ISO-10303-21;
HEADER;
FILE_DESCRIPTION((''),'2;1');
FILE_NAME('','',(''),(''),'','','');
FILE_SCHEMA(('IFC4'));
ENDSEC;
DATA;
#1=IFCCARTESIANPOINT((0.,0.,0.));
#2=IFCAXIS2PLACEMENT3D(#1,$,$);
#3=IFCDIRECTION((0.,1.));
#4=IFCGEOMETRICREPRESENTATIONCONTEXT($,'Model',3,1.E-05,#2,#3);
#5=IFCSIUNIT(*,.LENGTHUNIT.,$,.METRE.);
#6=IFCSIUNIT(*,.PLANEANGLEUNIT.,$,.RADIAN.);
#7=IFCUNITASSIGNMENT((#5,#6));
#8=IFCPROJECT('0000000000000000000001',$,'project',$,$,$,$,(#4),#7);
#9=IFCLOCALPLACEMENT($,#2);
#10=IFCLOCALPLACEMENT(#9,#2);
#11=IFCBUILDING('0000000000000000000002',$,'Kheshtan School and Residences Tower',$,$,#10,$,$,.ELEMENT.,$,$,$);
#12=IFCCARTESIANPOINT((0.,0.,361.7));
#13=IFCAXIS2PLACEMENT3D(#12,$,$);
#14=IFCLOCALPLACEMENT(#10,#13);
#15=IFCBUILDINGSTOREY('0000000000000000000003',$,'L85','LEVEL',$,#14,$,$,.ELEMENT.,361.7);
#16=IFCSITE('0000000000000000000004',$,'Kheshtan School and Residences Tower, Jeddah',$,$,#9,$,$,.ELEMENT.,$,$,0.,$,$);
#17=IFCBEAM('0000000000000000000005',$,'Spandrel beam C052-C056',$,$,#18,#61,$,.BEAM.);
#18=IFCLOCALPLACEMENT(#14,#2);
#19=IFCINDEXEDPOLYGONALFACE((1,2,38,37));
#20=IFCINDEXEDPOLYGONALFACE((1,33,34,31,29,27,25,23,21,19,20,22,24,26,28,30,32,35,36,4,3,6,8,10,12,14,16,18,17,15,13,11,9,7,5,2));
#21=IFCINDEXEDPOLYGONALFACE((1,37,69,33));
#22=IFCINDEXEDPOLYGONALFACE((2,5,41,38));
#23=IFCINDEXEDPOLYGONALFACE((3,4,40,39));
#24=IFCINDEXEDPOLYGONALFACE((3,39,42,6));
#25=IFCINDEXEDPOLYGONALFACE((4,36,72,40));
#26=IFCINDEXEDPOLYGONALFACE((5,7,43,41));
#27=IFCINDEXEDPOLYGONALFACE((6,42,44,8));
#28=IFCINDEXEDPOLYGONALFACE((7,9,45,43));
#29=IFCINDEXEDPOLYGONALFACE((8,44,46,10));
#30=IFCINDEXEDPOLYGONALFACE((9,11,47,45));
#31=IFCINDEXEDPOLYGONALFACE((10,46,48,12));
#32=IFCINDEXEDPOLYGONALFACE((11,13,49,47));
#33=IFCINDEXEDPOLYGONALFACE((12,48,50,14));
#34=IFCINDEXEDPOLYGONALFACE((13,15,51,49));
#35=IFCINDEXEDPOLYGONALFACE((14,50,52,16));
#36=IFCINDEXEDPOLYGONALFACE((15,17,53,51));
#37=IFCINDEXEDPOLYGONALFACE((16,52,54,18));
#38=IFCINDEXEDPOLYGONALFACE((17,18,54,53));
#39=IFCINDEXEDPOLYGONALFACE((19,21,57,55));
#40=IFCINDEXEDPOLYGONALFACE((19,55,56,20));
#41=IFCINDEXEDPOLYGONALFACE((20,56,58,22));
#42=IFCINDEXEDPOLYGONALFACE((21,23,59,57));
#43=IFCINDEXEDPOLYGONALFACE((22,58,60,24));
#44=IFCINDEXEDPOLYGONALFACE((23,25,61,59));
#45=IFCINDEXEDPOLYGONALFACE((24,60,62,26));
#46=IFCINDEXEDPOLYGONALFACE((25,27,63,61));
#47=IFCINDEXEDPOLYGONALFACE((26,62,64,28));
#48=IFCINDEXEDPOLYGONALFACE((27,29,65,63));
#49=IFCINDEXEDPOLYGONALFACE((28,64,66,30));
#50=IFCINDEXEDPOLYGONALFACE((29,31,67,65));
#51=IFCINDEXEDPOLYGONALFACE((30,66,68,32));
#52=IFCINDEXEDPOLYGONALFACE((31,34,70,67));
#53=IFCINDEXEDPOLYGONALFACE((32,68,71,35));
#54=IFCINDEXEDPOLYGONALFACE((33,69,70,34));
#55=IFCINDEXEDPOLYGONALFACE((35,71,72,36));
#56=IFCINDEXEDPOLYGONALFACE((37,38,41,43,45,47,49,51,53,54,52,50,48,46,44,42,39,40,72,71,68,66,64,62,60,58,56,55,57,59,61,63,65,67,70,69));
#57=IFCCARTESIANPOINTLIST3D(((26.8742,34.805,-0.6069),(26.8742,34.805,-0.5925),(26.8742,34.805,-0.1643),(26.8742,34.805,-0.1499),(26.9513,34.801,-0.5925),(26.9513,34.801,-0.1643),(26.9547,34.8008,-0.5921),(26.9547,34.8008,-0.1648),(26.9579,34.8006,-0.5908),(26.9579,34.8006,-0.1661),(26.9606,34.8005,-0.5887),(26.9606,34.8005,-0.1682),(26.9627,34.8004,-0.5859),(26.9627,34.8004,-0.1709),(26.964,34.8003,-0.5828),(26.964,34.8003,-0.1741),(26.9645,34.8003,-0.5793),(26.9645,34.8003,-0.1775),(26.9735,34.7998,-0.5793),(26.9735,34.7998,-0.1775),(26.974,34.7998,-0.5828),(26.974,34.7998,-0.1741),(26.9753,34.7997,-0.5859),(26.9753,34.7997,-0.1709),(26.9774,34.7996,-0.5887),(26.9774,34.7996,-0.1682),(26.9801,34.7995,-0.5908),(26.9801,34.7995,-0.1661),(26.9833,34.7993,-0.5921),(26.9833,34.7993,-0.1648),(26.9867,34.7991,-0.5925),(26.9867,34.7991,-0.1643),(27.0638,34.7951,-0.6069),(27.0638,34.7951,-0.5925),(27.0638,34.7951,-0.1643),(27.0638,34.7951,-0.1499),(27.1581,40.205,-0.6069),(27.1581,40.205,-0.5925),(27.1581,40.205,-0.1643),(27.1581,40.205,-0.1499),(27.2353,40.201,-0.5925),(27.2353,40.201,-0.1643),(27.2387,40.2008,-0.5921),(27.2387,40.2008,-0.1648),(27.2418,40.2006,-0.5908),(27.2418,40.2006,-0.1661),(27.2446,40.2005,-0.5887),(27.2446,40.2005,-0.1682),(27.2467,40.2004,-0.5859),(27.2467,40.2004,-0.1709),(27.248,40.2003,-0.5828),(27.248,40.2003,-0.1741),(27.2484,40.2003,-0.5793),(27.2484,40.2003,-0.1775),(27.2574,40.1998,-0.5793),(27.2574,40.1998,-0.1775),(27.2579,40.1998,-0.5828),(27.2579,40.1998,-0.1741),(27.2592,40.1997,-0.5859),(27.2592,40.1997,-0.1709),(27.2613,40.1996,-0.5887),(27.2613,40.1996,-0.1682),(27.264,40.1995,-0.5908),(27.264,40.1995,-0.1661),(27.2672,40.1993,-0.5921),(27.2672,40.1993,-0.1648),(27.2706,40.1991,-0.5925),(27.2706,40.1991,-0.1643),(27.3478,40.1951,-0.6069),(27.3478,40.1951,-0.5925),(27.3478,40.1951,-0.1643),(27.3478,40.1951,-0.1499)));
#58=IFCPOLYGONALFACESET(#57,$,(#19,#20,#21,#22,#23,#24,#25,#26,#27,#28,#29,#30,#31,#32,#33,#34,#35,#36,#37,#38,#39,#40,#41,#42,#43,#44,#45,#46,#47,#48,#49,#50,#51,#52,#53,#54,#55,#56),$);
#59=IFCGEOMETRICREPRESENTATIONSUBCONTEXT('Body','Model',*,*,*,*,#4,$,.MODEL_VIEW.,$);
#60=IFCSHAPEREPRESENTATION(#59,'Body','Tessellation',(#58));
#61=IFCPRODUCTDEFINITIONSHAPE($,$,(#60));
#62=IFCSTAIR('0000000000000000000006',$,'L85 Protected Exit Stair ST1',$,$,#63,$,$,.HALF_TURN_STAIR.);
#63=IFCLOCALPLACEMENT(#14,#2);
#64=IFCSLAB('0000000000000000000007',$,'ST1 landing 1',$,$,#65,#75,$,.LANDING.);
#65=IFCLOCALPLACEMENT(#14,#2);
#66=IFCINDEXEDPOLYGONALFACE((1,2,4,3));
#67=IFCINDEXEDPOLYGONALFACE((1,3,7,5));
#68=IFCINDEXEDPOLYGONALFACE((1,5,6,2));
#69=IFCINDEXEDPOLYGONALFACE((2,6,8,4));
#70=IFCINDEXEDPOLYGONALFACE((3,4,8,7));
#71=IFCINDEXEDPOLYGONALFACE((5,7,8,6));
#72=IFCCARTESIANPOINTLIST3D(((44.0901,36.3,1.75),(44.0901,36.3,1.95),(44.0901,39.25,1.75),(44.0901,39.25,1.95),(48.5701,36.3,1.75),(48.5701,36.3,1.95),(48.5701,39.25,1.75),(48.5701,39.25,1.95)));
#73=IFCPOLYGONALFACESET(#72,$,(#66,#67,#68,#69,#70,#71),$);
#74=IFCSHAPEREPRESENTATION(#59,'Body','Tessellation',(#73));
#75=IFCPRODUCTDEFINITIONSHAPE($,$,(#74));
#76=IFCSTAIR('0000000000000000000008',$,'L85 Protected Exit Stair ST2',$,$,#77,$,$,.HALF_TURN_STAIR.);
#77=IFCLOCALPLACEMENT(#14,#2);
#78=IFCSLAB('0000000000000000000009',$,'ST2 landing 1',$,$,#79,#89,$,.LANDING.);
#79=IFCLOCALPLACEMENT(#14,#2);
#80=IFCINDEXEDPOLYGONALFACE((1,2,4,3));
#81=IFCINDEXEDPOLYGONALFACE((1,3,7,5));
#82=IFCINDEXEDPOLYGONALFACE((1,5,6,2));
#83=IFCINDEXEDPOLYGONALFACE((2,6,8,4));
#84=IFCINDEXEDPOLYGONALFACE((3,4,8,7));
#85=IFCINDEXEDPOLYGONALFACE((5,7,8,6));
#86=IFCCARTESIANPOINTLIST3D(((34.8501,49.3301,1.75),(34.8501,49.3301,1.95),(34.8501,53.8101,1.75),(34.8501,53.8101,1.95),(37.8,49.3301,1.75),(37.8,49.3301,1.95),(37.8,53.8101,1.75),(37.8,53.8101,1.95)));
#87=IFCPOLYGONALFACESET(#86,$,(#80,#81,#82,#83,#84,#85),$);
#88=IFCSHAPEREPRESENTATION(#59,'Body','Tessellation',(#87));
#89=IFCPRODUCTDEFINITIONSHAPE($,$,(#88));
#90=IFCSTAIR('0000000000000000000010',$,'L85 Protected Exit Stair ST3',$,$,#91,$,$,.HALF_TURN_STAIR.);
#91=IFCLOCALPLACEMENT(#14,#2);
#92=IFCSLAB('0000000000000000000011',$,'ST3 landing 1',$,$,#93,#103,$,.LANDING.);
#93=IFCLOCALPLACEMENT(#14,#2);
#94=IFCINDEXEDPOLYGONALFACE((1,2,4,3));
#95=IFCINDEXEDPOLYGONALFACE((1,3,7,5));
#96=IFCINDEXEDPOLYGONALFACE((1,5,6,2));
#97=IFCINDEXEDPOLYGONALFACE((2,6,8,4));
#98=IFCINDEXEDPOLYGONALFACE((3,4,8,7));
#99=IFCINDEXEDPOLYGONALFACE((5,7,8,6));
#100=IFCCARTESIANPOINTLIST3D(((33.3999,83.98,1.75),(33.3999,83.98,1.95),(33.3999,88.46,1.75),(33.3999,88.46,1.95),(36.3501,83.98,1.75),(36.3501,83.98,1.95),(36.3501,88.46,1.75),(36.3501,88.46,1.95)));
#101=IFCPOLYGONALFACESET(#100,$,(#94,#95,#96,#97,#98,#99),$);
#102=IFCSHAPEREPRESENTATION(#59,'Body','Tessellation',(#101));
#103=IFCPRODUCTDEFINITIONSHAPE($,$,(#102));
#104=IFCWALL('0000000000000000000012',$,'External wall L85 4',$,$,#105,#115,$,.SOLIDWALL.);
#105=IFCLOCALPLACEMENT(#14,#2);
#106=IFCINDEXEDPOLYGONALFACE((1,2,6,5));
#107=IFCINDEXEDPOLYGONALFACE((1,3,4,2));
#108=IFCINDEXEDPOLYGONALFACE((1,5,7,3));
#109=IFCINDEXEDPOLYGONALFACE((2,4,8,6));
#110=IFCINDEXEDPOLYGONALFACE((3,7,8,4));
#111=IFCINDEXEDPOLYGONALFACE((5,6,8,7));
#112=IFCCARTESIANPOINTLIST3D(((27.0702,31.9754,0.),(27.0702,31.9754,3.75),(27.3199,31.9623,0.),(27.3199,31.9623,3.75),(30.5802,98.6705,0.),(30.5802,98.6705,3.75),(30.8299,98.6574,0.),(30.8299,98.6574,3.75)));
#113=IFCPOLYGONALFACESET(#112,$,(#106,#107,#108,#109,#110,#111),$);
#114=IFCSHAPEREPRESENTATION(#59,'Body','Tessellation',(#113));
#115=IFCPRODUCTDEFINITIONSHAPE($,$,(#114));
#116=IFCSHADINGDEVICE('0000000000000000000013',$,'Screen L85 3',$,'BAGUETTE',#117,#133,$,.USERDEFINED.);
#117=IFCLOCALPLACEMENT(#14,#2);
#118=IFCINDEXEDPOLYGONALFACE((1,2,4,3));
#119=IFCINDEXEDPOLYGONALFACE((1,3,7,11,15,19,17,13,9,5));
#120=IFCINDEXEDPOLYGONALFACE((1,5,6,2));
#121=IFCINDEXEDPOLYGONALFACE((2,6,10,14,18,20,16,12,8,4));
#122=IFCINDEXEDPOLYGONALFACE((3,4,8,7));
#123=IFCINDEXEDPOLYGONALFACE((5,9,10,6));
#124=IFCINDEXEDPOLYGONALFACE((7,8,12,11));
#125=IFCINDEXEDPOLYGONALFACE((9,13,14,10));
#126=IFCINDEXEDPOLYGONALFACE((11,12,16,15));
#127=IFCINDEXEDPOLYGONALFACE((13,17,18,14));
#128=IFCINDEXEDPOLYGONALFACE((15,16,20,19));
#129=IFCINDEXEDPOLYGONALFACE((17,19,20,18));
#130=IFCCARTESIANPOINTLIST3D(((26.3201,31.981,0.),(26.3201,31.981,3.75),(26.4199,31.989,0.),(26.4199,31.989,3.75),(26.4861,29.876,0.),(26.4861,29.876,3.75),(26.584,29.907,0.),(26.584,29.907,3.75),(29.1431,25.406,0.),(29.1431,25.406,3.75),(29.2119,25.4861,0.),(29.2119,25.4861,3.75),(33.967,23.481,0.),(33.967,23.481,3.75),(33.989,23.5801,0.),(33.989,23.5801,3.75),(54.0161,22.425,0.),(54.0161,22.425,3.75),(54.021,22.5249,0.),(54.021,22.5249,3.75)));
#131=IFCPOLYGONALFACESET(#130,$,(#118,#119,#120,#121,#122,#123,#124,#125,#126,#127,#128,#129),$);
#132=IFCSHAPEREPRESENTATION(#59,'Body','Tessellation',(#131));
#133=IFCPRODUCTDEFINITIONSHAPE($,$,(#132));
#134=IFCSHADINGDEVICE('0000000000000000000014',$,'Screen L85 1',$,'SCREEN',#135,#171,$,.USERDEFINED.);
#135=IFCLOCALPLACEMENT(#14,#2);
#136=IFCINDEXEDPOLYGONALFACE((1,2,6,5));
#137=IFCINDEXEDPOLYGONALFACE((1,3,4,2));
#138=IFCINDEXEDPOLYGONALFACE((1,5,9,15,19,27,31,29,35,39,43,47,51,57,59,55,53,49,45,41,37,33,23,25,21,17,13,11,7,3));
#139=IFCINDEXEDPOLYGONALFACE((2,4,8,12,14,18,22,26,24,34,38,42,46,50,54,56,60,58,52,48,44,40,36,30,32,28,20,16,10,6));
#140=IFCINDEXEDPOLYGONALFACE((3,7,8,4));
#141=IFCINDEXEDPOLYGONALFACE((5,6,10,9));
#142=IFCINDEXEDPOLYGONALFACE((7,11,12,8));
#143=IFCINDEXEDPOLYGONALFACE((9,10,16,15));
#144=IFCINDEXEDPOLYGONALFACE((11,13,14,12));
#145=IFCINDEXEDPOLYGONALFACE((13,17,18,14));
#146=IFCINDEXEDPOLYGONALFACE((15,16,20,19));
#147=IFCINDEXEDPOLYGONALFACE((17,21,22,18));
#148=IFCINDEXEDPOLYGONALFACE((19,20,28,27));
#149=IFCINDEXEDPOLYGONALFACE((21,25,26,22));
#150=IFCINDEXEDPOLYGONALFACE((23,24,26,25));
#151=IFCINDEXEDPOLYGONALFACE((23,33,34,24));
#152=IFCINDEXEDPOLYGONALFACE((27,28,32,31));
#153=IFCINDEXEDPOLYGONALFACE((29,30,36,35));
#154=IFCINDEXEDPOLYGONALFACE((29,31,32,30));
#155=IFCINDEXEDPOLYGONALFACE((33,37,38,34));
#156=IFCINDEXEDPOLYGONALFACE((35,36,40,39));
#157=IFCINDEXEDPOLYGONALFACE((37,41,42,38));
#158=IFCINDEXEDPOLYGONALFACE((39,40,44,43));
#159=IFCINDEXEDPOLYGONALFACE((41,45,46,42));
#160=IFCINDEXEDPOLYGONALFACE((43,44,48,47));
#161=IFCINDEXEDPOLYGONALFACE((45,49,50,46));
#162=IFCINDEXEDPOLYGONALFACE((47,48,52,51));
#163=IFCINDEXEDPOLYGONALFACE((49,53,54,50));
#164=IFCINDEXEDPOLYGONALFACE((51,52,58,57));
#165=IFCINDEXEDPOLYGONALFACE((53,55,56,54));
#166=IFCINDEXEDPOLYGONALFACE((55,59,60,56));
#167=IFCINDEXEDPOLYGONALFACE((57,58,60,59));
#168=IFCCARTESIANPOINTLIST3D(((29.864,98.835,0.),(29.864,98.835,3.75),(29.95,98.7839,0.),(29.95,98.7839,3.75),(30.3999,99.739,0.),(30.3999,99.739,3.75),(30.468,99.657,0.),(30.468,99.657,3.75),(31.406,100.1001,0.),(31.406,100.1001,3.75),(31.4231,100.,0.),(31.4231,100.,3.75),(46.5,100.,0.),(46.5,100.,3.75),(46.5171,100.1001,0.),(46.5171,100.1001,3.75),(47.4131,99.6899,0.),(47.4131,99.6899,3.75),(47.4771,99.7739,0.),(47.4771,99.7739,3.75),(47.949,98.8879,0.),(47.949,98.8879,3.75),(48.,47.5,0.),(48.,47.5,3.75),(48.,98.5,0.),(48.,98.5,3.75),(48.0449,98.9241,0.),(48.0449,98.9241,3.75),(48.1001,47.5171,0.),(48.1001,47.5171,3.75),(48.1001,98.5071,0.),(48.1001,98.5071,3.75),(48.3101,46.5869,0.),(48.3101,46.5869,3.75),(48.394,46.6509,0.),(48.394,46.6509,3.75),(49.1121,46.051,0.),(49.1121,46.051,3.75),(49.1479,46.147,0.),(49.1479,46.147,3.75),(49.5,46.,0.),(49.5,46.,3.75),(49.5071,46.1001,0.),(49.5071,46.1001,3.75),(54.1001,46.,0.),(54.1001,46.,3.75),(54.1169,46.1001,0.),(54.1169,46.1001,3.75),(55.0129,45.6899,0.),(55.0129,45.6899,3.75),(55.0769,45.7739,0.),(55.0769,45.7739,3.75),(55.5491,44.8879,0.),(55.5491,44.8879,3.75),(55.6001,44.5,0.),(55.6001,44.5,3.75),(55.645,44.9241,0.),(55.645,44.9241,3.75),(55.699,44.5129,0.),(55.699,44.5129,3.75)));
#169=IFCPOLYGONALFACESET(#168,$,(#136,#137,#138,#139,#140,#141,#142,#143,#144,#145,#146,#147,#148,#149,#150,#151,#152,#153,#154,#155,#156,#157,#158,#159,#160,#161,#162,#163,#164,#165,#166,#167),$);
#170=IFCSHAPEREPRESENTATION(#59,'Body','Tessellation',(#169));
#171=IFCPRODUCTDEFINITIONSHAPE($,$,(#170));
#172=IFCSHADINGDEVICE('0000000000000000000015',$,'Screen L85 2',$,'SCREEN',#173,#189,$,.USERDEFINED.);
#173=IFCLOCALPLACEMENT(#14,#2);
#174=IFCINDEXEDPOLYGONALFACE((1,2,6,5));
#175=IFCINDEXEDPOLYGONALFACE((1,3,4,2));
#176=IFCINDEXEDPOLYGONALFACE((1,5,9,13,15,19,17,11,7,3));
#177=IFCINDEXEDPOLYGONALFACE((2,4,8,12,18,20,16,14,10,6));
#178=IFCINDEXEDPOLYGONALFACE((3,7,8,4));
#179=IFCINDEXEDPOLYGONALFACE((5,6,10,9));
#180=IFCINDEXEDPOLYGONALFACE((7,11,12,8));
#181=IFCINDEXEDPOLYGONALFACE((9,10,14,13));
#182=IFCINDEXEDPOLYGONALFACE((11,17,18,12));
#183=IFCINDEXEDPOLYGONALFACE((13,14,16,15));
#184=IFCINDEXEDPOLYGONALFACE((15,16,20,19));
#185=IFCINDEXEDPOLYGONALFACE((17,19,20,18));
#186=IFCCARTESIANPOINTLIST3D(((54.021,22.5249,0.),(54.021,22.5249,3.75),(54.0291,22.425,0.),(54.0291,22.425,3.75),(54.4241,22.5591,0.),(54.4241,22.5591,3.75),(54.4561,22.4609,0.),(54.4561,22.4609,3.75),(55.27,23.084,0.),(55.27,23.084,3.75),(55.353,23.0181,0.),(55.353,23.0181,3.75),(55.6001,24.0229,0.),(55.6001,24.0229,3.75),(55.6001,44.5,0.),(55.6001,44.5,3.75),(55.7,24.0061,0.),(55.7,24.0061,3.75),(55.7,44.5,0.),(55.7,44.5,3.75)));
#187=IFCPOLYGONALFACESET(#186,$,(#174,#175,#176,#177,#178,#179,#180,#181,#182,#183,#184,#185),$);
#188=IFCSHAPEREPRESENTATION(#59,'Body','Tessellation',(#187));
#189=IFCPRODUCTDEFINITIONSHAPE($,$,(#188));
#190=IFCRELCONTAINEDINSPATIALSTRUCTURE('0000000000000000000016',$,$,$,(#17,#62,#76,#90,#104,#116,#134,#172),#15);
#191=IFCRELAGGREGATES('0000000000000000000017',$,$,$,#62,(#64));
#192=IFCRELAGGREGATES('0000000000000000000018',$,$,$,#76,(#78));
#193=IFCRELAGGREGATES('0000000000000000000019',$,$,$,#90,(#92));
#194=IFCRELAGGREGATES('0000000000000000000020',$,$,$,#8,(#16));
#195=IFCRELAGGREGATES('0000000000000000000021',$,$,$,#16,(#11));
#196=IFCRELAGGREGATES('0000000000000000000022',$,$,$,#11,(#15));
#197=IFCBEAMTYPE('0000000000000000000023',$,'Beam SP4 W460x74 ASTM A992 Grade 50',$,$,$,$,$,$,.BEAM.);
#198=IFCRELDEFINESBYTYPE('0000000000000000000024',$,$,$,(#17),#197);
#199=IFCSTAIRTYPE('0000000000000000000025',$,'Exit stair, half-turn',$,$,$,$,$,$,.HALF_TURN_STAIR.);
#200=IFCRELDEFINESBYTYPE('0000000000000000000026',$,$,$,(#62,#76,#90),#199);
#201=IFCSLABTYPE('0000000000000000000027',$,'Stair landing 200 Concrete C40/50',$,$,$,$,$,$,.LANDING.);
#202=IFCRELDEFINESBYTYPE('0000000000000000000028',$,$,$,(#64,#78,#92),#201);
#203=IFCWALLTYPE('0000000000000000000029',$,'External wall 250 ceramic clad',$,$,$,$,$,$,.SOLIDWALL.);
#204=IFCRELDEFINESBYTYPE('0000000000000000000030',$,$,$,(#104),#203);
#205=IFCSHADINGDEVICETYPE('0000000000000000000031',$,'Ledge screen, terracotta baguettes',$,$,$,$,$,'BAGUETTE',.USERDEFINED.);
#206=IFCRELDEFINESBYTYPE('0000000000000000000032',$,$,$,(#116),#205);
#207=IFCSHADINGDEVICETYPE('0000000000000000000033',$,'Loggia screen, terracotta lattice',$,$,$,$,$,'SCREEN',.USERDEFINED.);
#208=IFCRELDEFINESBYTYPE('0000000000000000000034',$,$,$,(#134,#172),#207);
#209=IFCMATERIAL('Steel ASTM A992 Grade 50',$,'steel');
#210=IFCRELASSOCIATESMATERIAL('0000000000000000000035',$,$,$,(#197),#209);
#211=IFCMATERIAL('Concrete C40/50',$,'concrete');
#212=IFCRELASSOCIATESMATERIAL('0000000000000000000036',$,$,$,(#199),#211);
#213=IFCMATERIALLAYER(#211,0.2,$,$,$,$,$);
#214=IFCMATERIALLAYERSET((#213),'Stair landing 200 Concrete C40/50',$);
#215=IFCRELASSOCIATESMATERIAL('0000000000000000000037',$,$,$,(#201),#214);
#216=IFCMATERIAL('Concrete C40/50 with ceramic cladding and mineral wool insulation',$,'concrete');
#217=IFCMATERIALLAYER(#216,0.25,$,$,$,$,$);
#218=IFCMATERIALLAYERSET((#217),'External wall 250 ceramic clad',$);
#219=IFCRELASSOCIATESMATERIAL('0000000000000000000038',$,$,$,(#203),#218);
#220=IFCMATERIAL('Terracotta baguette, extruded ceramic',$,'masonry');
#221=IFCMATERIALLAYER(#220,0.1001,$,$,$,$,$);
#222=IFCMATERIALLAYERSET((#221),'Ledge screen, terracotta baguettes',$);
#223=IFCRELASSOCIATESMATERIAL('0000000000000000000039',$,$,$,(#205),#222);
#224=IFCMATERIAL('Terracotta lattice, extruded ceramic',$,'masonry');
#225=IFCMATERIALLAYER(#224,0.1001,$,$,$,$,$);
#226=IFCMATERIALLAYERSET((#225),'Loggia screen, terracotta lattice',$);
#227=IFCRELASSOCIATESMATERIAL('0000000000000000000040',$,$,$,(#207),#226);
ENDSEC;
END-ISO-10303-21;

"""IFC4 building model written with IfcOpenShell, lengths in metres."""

from ifc_helpers import new_model, si_unit, direction, frame, frame_2d, origin, origin_2d, place, context, subcontext, project, spatial, polyline, rectangle, i_section, outline, extrude, material, layer, layer_set, material_profile, profile_set, type_object, element, aggregate, save


model = new_model("IFC4")

# Units and contexts
model_context = context("Model", 3, precision=1e-05, world=origin(), true_north=direction((0.0, 1.0)))
body_context = subcontext(model_context, "Body", "Model", "MODEL_VIEW")
ifc_project = project(units=[si_unit("LENGTHUNIT", "METRE"), si_unit("PLANEANGLEUNIT", "RADIAN")], contexts=[model_context])

# Site, building, storey
site_placement = place(None, origin())
site = spatial("IfcSite", under=ifc_project, at=site_placement, Name="Kheshtan School and Residences Tower, Jeddah", CompositionType="ELEMENT", RefElevation=0.0)
building_placement = place(site_placement, origin())
building = spatial("IfcBuilding", under=site, at=building_placement, Name="Kheshtan School and Residences Tower", CompositionType="ELEMENT")
storey_placement = place(building_placement, frame((0.0, 0.0, 361.7)))
storey = spatial("IfcBuildingStorey", under=building, at=storey_placement, Name="L85", Description="LEVEL", CompositionType="ELEMENT", Elevation=361.7)

# Shared definitions
ifc_material_1 = material(Name="Steel ASTM A992 Grade 50", Category="steel")

# Beam
ifc_material_profile_1 = material_profile(ifc_material_1, i_section(OverallWidth=0.1899, OverallDepth=0.457, WebThickness=0.009, FlangeThickness=0.0144, FilletRadius=0.0132, at=origin_2d()), Name="W460x74")
ifc_profile_set_1 = profile_set([ifc_material_profile_1], Name="Steel ASTM A992 Grade 50")
beam_type_1 = type_object("IfcBeamType", Name="Beam SP4 W460x74 ASTM A992 Grade 50", PredefinedType="BEAM", material=ifc_profile_set_1)
beam_1_placement = place(storey_placement, frame((26.969, 34.8, -0.3784), z_axis=(0.052509, 0.99862, 0.0), x_axis=(-0.99862, 0.052509, 0.0)))
element("IfcBeam", 1, at=beam_1_placement, inside=storey, type_object=beam_type_1, Name="Spandrel beam C052-C056", PredefinedType="BEAM", context=body_context, shape_type="SweptSolid", body=[
    extrude(i_section(OverallWidth=0.1899, OverallDepth=0.457, WebThickness=0.009, FlangeThickness=0.0144, FilletRadius=0.0132, at=origin_2d()), origin(), (0.0, 0.0, 1.0), 5.4075),
])

# Shared definitions
ifc_material_2 = material(Name="Concrete C40/50", Category="concrete")

# Stairs, slabs
stair_type = type_object("IfcStairType", Name="Exit stair, half-turn", PredefinedType="HALF_TURN_STAIR", material=ifc_material_2)
stair_1_placement = place(storey_placement, origin())
stair_1 = element("IfcStair", 2, at=stair_1_placement, inside=storey, type_object=stair_type, Name="L85 Protected Exit Stair ST1", PredefinedType="HALF_TURN_STAIR")
ifc_layer_1 = layer(ifc_material_2, 0.2)
ifc_layer_set_1 = layer_set([ifc_layer_1], Name="Stair landing 200 Concrete C40/50")
slab_type_1 = type_object("IfcSlabType", Name="Stair landing 200 Concrete C40/50", PredefinedType="LANDING", material=ifc_layer_set_1)
slab_1_placement = place(storey_placement, frame((0.0, 0.0, 1.75)))
slab_1 = element("IfcSlab", 3, at=slab_1_placement, type_object=slab_type_1, Name="ST1 landing 1", PredefinedType="LANDING", context=body_context, shape_type="SweptSolid", body=[
    extrude(outline(polyline([(48.5701, 39.25), (44.0901, 39.25), (44.0901, 36.3), (48.5701, 36.3), (48.5701, 39.25)])), origin(), (0.0, 0.0, 1.0), 0.2),
])
aggregate(stair_1, [slab_1])
stair_2_placement = place(storey_placement, origin())
stair_2 = element("IfcStair", 4, at=stair_2_placement, inside=storey, type_object=stair_type, Name="L85 Protected Exit Stair ST2", PredefinedType="HALF_TURN_STAIR")
slab_2_placement = place(storey_placement, frame((0.0, 0.0, 1.75)))
slab_2 = element("IfcSlab", 5, at=slab_2_placement, type_object=slab_type_1, Name="ST2 landing 1", PredefinedType="LANDING", context=body_context, shape_type="SweptSolid", body=[
    extrude(outline(polyline([(37.8, 49.3301), (37.8, 53.8101), (34.8501, 53.8101), (34.8501, 49.3301), (37.8, 49.3301)])), origin(), (0.0, 0.0, 1.0), 0.2),
])
aggregate(stair_2, [slab_2])
stair_3_placement = place(storey_placement, origin())
stair_3 = element("IfcStair", 6, at=stair_3_placement, inside=storey, type_object=stair_type, Name="L85 Protected Exit Stair ST3", PredefinedType="HALF_TURN_STAIR")
slab_3_placement = place(storey_placement, frame((0.0, 0.0, 1.75)))
slab_3 = element("IfcSlab", 7, at=slab_3_placement, type_object=slab_type_1, Name="ST3 landing 1", PredefinedType="LANDING", context=body_context, shape_type="SweptSolid", body=[
    extrude(outline(polyline([(36.3501, 83.98), (36.3501, 88.46), (33.3999, 88.46), (33.3999, 83.98), (36.3501, 83.98)])), origin(), (0.0, 0.0, 1.0), 0.2),
])
aggregate(stair_3, [slab_3])

# Wall
ifc_material_3 = material(Name="Concrete C40/50 with ceramic cladding and mineral wool insulation", Category="concrete")
ifc_layer_2 = layer(ifc_material_3, 0.25)
ifc_layer_set_2 = layer_set([ifc_layer_2], Name="External wall 250 ceramic clad")
wall_type = type_object("IfcWallType", Name="External wall 250 ceramic clad", PredefinedType="SOLIDWALL", material=ifc_layer_set_2)
wall_placement = place(storey_placement, frame((27.1951, 31.969, 0.0), z_axis=(0.0, 0.0, 1.0), x_axis=(0.052555, 0.998618, 0.0)))
element("IfcWall", 8, at=wall_placement, inside=storey, type_object=wall_type, Name="External wall L85 4", PredefinedType="SOLIDWALL", context=body_context, shape_type="SweptSolid", body=[
    extrude(rectangle(XDim=66.7874, YDim=0.25, at=frame_2d((33.3936, 0.0))), origin(), (0.0, 0.0, 1.0), 3.75),
])

# Shading devices
ifc_material_4 = material(Name="Terracotta baguette, extruded ceramic", Category="masonry")
ifc_layer_3 = layer(ifc_material_4, 0.1001)
ifc_layer_set_3 = layer_set([ifc_layer_3], Name="Ledge screen, terracotta baguettes")
shading_device_type_1 = type_object("IfcShadingDeviceType", Name="Ledge screen, terracotta baguettes", ElementType="BAGUETTE", PredefinedType="USERDEFINED", material=ifc_layer_set_3)
shading_device_1_placement = place(storey_placement, origin())
element("IfcShadingDevice", 9, at=shading_device_1_placement, inside=storey, type_object=shading_device_type_1, Name="Screen L85 3", ObjectType="BAGUETTE", PredefinedType="USERDEFINED", context=body_context, shape_type="SweptSolid", body=[
    extrude(outline(polyline([(54.021, 22.5249), (33.989, 23.5801), (29.2119, 25.4861), (26.584, 29.907), (26.4199, 31.989), (26.3201, 31.981), (26.4861, 29.876), (29.1431, 25.406), (33.967, 23.481), (54.0161, 22.425), (54.021, 22.5249)])), origin(), (0.0, 0.0, 1.0), 3.75),
])
ifc_material_5 = material(Name="Terracotta lattice, extruded ceramic", Category="masonry")
ifc_layer_4 = layer(ifc_material_5, 0.1001)
ifc_layer_set_4 = layer_set([ifc_layer_4], Name="Loggia screen, terracotta lattice")
shading_device_type_2 = type_object("IfcShadingDeviceType", Name="Loggia screen, terracotta lattice", ElementType="SCREEN", PredefinedType="USERDEFINED", material=ifc_layer_set_4)
shading_device_2_placement = place(storey_placement, origin())
element("IfcShadingDevice", 10, at=shading_device_2_placement, inside=storey, type_object=shading_device_type_2, Name="Screen L85 1", ObjectType="SCREEN", PredefinedType="USERDEFINED", context=body_context, shape_type="SweptSolid", body=[
    extrude(outline(polyline([(29.95, 98.7839), (30.468, 99.657), (31.4231, 100.0), (46.5, 100.0), (47.4131, 99.6899), (47.949, 98.8879), (48.0, 98.5), (48.0, 47.5), (48.3101, 46.5869), (49.1121, 46.051), (49.5, 46.0), (54.1001, 46.0), (55.0129, 45.6899), (55.5491, 44.8879), (55.6001, 44.5), (55.699, 44.5129), (55.645, 44.9241), (55.0769, 45.7739), (54.1169, 46.1001), (49.5071, 46.1001), (49.1479, 46.147), (48.394, 46.6509), (48.1001, 47.5171), (48.1001, 98.5071), (48.0449, 98.9241), (47.4771, 99.7739), (46.5171, 100.1001), (31.406, 100.1001), (30.3999, 99.739), (29.864, 98.835), (29.95, 98.7839)])), origin(), (0.0, 0.0, 1.0), 3.75),
])
shading_device_3_placement = place(storey_placement, origin())
element("IfcShadingDevice", 11, at=shading_device_3_placement, inside=storey, type_object=shading_device_type_2, Name="Screen L85 2", ObjectType="SCREEN", PredefinedType="USERDEFINED", context=body_context, shape_type="SweptSolid", body=[
    extrude(outline(polyline([(55.6001, 44.5), (55.6001, 24.0229), (55.27, 23.084), (54.4241, 22.5591), (54.021, 22.5249), (54.0291, 22.425), (54.4561, 22.4609), (55.353, 23.0181), (55.7, 24.0061), (55.7, 44.5), (55.6001, 44.5)])), origin(), (0.0, 0.0, 1.0), 3.75),
])

save(model, "model.ifc")
